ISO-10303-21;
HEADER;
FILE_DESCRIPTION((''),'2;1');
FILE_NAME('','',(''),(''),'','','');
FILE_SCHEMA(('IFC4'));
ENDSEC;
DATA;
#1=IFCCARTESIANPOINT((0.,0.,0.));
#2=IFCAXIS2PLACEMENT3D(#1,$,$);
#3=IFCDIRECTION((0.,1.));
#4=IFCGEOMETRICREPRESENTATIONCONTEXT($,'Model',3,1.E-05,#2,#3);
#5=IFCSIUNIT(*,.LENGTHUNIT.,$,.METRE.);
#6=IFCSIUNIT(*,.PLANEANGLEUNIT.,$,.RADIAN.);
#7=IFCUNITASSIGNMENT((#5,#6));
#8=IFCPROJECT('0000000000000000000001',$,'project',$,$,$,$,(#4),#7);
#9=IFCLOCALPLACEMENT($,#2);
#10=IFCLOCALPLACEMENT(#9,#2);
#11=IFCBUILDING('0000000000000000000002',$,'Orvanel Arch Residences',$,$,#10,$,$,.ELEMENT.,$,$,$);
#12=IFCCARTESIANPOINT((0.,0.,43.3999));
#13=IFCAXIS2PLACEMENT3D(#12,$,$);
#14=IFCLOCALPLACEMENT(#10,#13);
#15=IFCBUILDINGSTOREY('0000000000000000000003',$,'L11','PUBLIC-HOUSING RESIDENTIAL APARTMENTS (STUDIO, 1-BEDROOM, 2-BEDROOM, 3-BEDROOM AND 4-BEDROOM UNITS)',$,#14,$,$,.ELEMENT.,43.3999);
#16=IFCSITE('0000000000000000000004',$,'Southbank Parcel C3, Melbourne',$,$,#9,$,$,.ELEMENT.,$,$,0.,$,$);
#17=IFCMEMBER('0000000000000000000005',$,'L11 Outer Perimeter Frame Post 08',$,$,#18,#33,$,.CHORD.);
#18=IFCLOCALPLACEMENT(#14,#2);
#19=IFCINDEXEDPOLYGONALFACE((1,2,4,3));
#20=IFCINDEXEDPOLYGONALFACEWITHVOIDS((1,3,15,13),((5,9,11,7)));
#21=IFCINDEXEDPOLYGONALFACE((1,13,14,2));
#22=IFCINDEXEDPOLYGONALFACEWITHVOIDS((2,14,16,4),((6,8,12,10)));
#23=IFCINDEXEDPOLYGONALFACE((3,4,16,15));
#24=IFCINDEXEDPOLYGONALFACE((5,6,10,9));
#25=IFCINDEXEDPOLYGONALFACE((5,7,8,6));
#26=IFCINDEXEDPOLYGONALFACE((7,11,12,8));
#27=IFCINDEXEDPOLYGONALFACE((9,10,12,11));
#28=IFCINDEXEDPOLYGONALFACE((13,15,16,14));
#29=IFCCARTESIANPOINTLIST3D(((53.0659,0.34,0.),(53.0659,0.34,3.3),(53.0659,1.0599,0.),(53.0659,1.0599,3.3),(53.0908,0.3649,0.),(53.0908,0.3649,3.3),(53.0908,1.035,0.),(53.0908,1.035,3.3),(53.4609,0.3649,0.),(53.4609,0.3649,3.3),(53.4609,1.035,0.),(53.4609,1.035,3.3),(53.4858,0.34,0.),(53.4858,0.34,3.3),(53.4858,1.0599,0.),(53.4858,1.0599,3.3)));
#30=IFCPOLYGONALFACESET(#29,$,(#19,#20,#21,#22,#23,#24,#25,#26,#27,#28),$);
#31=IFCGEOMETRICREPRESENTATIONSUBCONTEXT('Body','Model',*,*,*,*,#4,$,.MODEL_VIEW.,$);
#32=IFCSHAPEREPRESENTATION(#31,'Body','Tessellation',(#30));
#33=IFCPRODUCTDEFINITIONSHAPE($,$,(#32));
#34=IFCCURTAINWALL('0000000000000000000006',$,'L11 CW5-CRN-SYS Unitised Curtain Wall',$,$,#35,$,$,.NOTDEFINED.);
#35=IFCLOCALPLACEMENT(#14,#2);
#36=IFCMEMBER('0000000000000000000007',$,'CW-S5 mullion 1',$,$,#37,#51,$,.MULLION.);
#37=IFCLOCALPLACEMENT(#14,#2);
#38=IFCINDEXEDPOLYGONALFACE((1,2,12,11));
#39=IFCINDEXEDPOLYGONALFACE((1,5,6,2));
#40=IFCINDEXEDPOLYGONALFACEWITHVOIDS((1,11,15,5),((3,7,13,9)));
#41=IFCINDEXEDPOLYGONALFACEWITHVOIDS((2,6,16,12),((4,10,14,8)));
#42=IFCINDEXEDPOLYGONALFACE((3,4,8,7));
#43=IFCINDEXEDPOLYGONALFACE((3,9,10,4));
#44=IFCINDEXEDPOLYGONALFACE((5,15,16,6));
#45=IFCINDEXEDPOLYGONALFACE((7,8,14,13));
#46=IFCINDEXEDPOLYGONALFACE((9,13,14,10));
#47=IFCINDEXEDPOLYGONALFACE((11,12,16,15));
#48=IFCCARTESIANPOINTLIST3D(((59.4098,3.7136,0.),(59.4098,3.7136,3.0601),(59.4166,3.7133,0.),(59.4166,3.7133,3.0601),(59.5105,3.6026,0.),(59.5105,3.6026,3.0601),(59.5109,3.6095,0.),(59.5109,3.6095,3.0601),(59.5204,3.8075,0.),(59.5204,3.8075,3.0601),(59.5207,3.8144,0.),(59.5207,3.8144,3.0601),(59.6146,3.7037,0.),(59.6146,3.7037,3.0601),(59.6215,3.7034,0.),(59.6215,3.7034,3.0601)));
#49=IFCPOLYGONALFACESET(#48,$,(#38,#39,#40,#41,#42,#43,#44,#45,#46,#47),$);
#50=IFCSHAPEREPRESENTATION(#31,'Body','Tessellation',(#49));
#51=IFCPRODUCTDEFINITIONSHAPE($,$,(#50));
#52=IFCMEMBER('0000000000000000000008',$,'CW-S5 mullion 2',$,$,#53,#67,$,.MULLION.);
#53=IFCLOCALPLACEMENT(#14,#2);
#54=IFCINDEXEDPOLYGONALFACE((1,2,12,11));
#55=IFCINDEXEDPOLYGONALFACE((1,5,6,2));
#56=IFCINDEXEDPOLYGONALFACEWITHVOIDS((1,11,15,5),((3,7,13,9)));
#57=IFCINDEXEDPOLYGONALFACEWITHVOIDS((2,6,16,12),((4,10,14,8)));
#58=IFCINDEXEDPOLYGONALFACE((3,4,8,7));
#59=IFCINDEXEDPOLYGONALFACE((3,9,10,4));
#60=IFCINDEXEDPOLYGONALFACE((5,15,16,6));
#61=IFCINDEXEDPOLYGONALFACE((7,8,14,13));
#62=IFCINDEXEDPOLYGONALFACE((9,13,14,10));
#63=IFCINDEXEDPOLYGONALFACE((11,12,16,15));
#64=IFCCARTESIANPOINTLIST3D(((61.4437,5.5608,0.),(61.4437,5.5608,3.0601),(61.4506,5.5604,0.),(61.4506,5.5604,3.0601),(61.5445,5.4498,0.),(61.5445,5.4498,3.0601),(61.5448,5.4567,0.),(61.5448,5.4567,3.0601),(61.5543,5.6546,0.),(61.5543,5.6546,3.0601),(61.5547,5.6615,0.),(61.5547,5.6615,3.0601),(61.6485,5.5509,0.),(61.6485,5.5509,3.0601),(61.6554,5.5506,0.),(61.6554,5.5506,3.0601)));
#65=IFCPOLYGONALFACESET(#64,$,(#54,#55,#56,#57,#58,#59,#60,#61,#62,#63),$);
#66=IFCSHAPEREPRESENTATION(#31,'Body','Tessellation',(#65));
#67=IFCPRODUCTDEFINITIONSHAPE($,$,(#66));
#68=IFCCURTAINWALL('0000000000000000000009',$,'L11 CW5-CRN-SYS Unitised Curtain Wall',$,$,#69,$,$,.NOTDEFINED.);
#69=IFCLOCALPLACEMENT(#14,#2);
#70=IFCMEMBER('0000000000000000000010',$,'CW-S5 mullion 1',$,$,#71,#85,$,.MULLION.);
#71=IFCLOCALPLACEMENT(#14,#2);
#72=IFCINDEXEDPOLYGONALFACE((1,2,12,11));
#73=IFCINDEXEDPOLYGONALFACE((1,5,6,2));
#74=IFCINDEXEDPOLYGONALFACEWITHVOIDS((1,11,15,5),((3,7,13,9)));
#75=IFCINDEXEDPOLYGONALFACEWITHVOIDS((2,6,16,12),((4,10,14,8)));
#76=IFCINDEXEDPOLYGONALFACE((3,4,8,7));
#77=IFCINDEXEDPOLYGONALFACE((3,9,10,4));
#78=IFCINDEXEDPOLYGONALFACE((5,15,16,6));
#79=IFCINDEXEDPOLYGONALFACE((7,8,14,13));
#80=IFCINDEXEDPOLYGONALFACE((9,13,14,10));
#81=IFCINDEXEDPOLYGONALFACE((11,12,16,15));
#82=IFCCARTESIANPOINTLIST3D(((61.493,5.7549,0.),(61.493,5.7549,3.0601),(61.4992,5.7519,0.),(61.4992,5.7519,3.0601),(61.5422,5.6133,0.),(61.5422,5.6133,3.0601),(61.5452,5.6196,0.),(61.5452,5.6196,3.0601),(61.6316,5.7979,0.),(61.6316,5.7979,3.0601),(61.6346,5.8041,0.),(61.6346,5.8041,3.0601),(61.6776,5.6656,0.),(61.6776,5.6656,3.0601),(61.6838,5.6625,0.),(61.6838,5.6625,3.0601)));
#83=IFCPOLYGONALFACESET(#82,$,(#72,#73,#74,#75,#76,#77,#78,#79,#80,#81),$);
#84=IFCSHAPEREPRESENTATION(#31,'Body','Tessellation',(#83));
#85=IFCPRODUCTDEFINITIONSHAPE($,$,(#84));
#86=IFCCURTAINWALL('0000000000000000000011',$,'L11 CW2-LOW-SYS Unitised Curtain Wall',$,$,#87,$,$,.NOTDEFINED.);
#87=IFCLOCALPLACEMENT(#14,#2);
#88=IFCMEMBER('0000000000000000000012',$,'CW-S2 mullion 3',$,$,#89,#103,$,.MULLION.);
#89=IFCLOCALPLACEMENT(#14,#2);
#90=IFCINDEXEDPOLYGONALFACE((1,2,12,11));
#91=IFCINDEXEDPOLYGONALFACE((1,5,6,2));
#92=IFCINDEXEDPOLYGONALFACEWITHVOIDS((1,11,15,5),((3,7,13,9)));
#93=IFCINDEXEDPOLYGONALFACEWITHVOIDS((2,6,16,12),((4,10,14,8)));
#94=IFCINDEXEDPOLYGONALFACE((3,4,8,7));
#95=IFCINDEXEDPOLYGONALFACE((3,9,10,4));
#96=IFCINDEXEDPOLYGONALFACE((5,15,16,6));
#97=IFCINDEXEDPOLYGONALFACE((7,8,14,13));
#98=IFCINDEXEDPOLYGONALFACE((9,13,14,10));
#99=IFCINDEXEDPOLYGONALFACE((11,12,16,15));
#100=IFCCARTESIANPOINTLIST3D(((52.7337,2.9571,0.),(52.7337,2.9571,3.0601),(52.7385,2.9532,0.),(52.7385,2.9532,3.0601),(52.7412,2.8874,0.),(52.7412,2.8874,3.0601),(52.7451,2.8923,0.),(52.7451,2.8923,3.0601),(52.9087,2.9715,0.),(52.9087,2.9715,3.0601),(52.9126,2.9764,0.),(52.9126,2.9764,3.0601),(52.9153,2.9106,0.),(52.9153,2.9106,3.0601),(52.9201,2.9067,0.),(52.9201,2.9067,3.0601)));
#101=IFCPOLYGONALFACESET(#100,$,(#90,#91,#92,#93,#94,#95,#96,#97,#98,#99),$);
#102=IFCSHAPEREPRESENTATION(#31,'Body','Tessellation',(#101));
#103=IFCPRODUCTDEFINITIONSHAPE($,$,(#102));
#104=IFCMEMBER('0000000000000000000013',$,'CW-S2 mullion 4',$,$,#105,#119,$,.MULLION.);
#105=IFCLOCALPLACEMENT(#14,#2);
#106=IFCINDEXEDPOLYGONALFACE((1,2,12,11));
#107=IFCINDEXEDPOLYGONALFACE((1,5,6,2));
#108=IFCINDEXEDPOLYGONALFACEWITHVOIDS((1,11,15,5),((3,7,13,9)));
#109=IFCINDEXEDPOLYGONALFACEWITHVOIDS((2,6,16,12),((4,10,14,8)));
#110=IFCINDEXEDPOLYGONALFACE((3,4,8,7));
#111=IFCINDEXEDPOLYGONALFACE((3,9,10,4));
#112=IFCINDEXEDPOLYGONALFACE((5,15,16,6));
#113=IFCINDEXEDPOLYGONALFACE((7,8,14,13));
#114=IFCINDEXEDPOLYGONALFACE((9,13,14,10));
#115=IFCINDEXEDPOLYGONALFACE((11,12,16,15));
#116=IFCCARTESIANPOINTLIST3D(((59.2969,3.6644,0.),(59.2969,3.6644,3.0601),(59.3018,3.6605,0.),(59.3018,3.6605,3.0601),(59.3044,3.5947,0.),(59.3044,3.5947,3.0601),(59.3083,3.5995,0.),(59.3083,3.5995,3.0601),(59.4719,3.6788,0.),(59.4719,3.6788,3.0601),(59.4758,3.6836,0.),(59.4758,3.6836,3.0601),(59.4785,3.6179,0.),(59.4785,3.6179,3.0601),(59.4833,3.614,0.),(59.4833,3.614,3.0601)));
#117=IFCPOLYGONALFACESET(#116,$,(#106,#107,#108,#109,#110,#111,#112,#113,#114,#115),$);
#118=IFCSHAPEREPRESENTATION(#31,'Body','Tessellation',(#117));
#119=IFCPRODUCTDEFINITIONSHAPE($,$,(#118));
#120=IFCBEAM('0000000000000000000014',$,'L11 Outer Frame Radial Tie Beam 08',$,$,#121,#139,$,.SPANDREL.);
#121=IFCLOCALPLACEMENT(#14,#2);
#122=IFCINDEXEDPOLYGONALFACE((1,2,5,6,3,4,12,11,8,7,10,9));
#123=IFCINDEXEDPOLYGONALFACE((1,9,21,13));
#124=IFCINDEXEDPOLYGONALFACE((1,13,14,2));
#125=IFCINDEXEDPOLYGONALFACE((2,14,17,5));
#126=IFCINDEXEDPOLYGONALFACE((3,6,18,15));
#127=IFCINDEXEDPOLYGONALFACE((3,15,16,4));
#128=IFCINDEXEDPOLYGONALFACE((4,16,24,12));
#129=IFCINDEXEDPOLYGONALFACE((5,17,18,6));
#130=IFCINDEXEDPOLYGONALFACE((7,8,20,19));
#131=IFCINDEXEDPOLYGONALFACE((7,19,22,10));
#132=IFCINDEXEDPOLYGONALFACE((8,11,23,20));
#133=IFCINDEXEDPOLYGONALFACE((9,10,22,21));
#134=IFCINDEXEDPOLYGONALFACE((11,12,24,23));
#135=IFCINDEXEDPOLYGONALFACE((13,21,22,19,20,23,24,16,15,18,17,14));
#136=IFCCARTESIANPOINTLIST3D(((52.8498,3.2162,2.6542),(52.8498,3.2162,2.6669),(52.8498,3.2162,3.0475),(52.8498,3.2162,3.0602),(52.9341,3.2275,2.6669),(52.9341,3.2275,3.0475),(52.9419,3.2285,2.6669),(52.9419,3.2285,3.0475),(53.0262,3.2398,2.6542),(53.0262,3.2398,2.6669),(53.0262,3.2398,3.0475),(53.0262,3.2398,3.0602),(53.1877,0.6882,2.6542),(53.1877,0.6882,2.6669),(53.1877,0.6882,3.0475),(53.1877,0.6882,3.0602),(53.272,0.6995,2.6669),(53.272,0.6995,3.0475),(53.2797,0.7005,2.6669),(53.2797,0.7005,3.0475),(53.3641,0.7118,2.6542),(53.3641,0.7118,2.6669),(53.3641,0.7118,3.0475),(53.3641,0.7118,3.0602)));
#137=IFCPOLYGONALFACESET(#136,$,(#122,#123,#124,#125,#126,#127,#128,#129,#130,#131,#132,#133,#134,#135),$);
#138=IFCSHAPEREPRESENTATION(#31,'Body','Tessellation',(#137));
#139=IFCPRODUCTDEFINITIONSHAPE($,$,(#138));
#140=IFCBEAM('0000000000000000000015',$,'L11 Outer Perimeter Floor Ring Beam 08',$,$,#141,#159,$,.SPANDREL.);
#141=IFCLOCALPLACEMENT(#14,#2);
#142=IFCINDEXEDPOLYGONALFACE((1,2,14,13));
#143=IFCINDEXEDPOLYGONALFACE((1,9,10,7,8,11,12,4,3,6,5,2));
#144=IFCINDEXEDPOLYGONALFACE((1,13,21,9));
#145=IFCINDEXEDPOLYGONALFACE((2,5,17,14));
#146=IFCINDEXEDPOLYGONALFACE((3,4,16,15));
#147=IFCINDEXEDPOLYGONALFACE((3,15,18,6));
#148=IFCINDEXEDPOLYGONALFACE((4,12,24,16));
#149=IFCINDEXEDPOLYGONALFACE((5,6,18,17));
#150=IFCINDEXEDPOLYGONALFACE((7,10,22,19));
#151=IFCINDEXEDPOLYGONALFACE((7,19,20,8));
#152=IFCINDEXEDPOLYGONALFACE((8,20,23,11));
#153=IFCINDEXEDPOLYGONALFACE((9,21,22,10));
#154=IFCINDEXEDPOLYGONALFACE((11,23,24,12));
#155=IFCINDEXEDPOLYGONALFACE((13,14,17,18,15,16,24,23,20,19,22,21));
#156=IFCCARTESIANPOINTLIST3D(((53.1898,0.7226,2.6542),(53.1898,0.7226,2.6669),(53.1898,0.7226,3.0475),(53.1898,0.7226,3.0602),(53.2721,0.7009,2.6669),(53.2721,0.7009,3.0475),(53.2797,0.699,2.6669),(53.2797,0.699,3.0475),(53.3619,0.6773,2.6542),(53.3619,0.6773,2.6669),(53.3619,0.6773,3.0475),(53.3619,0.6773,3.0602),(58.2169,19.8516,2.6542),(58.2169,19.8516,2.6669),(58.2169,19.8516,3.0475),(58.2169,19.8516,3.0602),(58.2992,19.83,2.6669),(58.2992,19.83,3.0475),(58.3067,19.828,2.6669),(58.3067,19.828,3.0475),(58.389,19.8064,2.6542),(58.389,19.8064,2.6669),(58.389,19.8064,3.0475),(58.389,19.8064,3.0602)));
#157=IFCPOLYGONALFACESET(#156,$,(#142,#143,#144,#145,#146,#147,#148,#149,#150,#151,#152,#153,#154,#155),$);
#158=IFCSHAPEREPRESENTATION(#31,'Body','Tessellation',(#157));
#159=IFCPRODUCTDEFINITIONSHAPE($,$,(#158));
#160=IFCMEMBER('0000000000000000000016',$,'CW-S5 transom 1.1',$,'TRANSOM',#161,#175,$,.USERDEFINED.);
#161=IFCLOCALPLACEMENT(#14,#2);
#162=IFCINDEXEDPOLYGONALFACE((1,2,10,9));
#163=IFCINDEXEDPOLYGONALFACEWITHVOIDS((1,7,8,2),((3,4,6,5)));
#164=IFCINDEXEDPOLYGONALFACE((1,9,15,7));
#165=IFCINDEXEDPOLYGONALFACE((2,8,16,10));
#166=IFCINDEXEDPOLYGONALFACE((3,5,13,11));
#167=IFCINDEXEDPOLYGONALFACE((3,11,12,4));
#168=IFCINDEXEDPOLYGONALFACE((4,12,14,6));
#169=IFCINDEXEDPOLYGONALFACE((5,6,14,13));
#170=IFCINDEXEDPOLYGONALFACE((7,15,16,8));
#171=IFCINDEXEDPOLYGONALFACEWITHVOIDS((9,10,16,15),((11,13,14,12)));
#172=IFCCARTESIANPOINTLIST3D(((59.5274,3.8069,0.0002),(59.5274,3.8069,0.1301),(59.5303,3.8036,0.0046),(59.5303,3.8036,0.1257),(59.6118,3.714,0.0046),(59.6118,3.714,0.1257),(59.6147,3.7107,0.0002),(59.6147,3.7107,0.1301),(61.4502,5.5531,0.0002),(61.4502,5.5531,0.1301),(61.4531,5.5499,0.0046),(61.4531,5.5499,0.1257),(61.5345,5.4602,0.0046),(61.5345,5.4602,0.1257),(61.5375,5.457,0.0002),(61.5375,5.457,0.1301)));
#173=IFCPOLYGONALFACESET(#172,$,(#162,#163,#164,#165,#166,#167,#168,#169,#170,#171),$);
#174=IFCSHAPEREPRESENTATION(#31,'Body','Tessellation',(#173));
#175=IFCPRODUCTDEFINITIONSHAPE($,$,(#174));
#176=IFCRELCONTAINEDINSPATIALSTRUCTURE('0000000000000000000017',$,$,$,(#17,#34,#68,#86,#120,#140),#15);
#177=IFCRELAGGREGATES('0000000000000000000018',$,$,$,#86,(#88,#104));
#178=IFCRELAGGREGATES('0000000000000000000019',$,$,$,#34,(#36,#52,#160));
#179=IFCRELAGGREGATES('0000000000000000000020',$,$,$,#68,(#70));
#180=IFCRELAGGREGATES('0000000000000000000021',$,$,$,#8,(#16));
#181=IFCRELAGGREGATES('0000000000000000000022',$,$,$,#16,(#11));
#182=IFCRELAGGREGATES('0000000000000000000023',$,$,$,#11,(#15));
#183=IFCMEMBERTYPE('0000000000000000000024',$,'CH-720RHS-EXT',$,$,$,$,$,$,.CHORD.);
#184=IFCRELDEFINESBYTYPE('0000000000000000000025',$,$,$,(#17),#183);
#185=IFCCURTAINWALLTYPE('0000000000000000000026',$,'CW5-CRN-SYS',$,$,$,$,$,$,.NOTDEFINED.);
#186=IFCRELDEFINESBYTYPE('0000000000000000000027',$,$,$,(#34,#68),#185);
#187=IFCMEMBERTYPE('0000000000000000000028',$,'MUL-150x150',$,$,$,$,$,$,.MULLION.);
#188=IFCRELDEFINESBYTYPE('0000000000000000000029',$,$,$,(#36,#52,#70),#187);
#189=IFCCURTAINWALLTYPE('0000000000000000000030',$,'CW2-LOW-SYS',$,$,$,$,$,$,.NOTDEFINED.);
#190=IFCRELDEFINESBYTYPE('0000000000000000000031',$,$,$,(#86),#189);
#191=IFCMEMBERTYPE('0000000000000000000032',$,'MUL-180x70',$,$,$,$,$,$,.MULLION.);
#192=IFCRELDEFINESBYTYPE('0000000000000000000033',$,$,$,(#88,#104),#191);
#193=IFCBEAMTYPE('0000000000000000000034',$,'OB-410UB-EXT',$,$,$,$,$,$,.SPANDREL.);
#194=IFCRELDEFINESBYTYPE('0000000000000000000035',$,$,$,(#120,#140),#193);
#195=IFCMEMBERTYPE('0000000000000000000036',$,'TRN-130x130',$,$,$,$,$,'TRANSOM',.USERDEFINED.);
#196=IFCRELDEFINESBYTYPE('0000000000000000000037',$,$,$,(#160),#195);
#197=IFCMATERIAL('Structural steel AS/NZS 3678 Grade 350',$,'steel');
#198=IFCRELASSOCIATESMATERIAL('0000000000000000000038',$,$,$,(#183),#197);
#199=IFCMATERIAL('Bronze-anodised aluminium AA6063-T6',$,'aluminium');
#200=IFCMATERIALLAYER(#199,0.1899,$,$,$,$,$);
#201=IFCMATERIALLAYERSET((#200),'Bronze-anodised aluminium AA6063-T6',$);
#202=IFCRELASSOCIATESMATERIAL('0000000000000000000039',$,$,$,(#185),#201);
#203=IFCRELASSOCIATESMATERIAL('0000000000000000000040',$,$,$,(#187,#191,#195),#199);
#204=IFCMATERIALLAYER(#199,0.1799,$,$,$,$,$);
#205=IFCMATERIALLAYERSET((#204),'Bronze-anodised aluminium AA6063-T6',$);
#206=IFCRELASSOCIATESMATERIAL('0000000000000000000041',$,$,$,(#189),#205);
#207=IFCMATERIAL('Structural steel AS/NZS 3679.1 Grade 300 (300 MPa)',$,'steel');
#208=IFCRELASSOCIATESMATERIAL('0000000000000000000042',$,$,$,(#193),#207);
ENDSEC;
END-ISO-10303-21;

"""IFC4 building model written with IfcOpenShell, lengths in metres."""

from ifc_helpers import new_model, si_unit, direction, frame, origin, origin_2d, place, context, subcontext, project, spatial, hollow_rectangle, i_section, extrude, material, layer, layer_set, material_profile, profile_set, type_object, element, aggregate, save


model = new_model("IFC4")

# Units and contexts
model_context = context("Model", 3, precision=1e-05, world=origin(), true_north=direction((0.0, 1.0)))
body_context = subcontext(model_context, "Body", "Model", "MODEL_VIEW")
ifc_project = project(units=[si_unit("LENGTHUNIT", "METRE"), si_unit("PLANEANGLEUNIT", "RADIAN")], contexts=[model_context])

# Site, building, storey
site_placement = place(None, origin())
site = spatial("IfcSite", under=ifc_project, at=site_placement, Name="Southbank Parcel C3, Melbourne", CompositionType="ELEMENT", RefElevation=0.0)
building_placement = place(site_placement, origin())
building = spatial("IfcBuilding", under=site, at=building_placement, Name="Orvanel Arch Residences", CompositionType="ELEMENT")
storey_placement = place(building_placement, frame((0.0, 0.0, 43.3999)))
storey = spatial("IfcBuildingStorey", under=building, at=storey_placement, Name="L11", Description="PUBLIC-HOUSING RESIDENTIAL APARTMENTS (STUDIO, 1-BEDROOM, 2-BEDROOM, 3-BEDROOM AND 4-BEDROOM UNITS)", CompositionType="ELEMENT", Elevation=43.3999)

# Member
ifc_material_1 = material(Name="Structural steel AS/NZS 3678 Grade 350", Category="steel")
ifc_material_profile_1 = material_profile(ifc_material_1, hollow_rectangle(XDim=0.4199, YDim=0.72, WallThickness=0.0249, at=origin_2d()), Name="RHS720x420x25")
ifc_profile_set_1 = profile_set([ifc_material_profile_1], Name="Structural steel AS/NZS 3678 Grade 350")
member_type_1 = type_object("IfcMemberType", Name="CH-720RHS-EXT", PredefinedType="CHORD", material=ifc_profile_set_1)
member_1_placement = place(storey_placement, frame((53.2759, 0.7, 0.0), z_axis=(0.0, 0.0, 1.0), x_axis=(1.0, 0.0, 0.0)))
element("IfcMember", 1, at=member_1_placement, inside=storey, type_object=member_type_1, Name="L11 Outer Perimeter Frame Post 08", PredefinedType="CHORD", context=body_context, shape_type="SweptSolid", body=[
    extrude(hollow_rectangle(XDim=0.4199, YDim=0.72, WallThickness=0.0249, at=origin_2d()), origin(), (0.0, 0.0, 1.0), 3.3),
])

# Curtain wall, members
ifc_material_2 = material(Name="Bronze-anodised aluminium AA6063-T6", Category="aluminium")
ifc_layer_1 = layer(ifc_material_2, 0.1899)
ifc_layer_set_1 = layer_set([ifc_layer_1], Name="Bronze-anodised aluminium AA6063-T6")
curtain_wall_type_1 = type_object("IfcCurtainWallType", Name="CW5-CRN-SYS", PredefinedType="NOTDEFINED", material=ifc_layer_set_1)
curtain_wall_1_placement = place(storey_placement, origin())
curtain_wall_1 = element("IfcCurtainWall", 2, at=curtain_wall_1_placement, inside=storey, type_object=curtain_wall_type_1, Name="L11 CW5-CRN-SYS Unitised Curtain Wall", PredefinedType="NOTDEFINED")
ifc_material_profile_2 = material_profile(ifc_material_2, hollow_rectangle(XDim=0.1499, YDim=0.1499, WallThickness=0.0049, at=origin_2d()), Name="ALU150x150x5")
ifc_profile_set_2 = profile_set([ifc_material_profile_2], Name="Bronze-anodised aluminium AA6063-T6")
member_type_2 = type_object("IfcMemberType", Name="MUL-150x150", PredefinedType="MULLION", material=ifc_profile_set_2)
member_2_placement = place(storey_placement, frame((59.5156, 3.7085, 0.0), z_axis=(0.0, 0.0, 1.0), x_axis=(-0.672295, 0.740284, 0.0)))
member_2 = element("IfcMember", 3, at=member_2_placement, type_object=member_type_2, Name="CW-S5 mullion 1", PredefinedType="MULLION", context=body_context, shape_type="SweptSolid", body=[
    extrude(hollow_rectangle(XDim=0.1499, YDim=0.1499, WallThickness=0.0049, at=origin_2d()), origin(), (0.0, 0.0, 1.0), 3.0601),
])
member_3_placement = place(storey_placement, frame((61.5496, 5.5557, 0.0), z_axis=(0.0, 0.0, 1.0), x_axis=(-0.672295, 0.740284, 0.0)))
member_3 = element("IfcMember", 4, at=member_3_placement, type_object=member_type_2, Name="CW-S5 mullion 2", PredefinedType="MULLION", context=body_context, shape_type="SweptSolid", body=[
    extrude(hollow_rectangle(XDim=0.1499, YDim=0.1499, WallThickness=0.0049, at=origin_2d()), origin(), (0.0, 0.0, 1.0), 3.0601),
])

# Curtain wall, member
curtain_wall_2_placement = place(storey_placement, origin())
curtain_wall_2 = element("IfcCurtainWall", 5, at=curtain_wall_2_placement, inside=storey, type_object=curtain_wall_type_1, Name="L11 CW5-CRN-SYS Unitised Curtain Wall", PredefinedType="NOTDEFINED")
member_4_placement = place(storey_placement, frame((61.5884, 5.7087, 0.0), z_axis=(0.0, 0.0, 1.0), x_axis=(-0.944601, -0.328221, 0.0)))
member_4 = element("IfcMember", 6, at=member_4_placement, type_object=member_type_2, Name="CW-S5 mullion 1", PredefinedType="MULLION", context=body_context, shape_type="SweptSolid", body=[
    extrude(hollow_rectangle(XDim=0.1499, YDim=0.1499, WallThickness=0.0049, at=origin_2d()), origin(), (0.0, 0.0, 1.0), 3.0601),
])

# Curtain wall, members
ifc_layer_2 = layer(ifc_material_2, 0.1799)
ifc_layer_set_2 = layer_set([ifc_layer_2], Name="Bronze-anodised aluminium AA6063-T6")
curtain_wall_type_2 = type_object("IfcCurtainWallType", Name="CW2-LOW-SYS", PredefinedType="NOTDEFINED", material=ifc_layer_set_2)
curtain_wall_3_placement = place(storey_placement, origin())
curtain_wall_3 = element("IfcCurtainWall", 7, at=curtain_wall_3_placement, inside=storey, type_object=curtain_wall_type_2, Name="L11 CW2-LOW-SYS Unitised Curtain Wall", PredefinedType="NOTDEFINED")
ifc_material_profile_3 = material_profile(ifc_material_2, hollow_rectangle(XDim=0.0701, YDim=0.1799, WallThickness=0.0044, at=origin_2d()), Name="ALU180x70x4.5")
ifc_profile_set_3 = profile_set([ifc_material_profile_3], Name="Bronze-anodised aluminium AA6063-T6")
member_type_3 = type_object("IfcMemberType", Name="MUL-180x70", PredefinedType="MULLION", material=ifc_profile_set_3)
member_5_placement = place(storey_placement, frame((52.8269, 2.9319, 0.0), z_axis=(0.0, 0.0, 1.0), x_axis=(-0.10714, 0.994244, 0.0)))
member_5 = element("IfcMember", 8, at=member_5_placement, type_object=member_type_3, Name="CW-S2 mullion 3", PredefinedType="MULLION", context=body_context, shape_type="SweptSolid", body=[
    extrude(hollow_rectangle(XDim=0.0701, YDim=0.1799, WallThickness=0.0044, at=origin_2d()), origin(), (0.0, 0.0, 1.0), 3.0601),
])
member_6_placement = place(storey_placement, frame((59.3901, 3.6392, 0.0), z_axis=(0.0, 0.0, 1.0), x_axis=(-0.10714, 0.994244, 0.0)))
member_6 = element("IfcMember", 9, at=member_6_placement, type_object=member_type_3, Name="CW-S2 mullion 4", PredefinedType="MULLION", context=body_context, shape_type="SweptSolid", body=[
    extrude(hollow_rectangle(XDim=0.0701, YDim=0.1799, WallThickness=0.0044, at=origin_2d()), origin(), (0.0, 0.0, 1.0), 3.0601),
])

# Beams
ifc_material_3 = material(Name="Structural steel AS/NZS 3679.1 Grade 300 (300 MPa)", Category="steel")
ifc_material_profile_4 = material_profile(ifc_material_3, i_section(OverallWidth=0.178, OverallDepth=0.406, WebThickness=0.0078, FlangeThickness=0.0127, at=origin_2d()), Name="410UB59.7")
ifc_profile_set_4 = profile_set([ifc_material_profile_4], Name="Structural steel AS/NZS 3679.1 Grade 300 (300 MPa)")
beam_type = type_object("IfcBeamType", Name="OB-410UB-EXT", PredefinedType="SPANDREL", material=ifc_profile_set_4)
beam_1_placement = place(storey_placement, frame((52.938, 3.228, 2.8572), z_axis=(0.132477, -0.991186, 0.0), x_axis=(0.991186, 0.132477, 0.0)))
element("IfcBeam", 10, at=beam_1_placement, inside=storey, type_object=beam_type, Name="L11 Outer Frame Radial Tie Beam 08", PredefinedType="SPANDREL", context=body_context, shape_type="SweptSolid", body=[
    extrude(i_section(OverallWidth=0.178, OverallDepth=0.406, WebThickness=0.0078, FlangeThickness=0.0127, at=origin_2d()), origin(), (0.0, 0.0, 1.0), 2.5505),
])
beam_2_placement = place(storey_placement, frame((53.2759, 0.7, 2.8572), z_axis=(0.254168, 0.96716, 0.0), x_axis=(-0.96716, 0.254168, 0.0)))
element("IfcBeam", 11, at=beam_2_placement, inside=storey, type_object=beam_type, Name="L11 Outer Perimeter Floor Ring Beam 08", PredefinedType="SPANDREL", context=body_context, shape_type="SweptSolid", body=[
    extrude(i_section(OverallWidth=0.178, OverallDepth=0.406, WebThickness=0.0078, FlangeThickness=0.0127, at=origin_2d()), origin(), (0.0, 0.0, 1.0), 19.7786),
])

# Member
ifc_material_profile_5 = material_profile(ifc_material_2, hollow_rectangle(XDim=0.1299, YDim=0.1299, WallThickness=0.0044, at=origin_2d()), Name="ALU130x130x4.5")
ifc_profile_set_5 = profile_set([ifc_material_profile_5], Name="Bronze-anodised aluminium AA6063-T6")
member_type_4 = type_object("IfcMemberType", Name="TRN-130x130", ElementType="TRANSOM", PredefinedType="USERDEFINED", material=ifc_profile_set_5)
member_7_placement = place(storey_placement, frame((59.571, 3.7588, 0.0652), z_axis=(0.740267, 0.672312, 0.0), x_axis=(-0.672312, 0.740267, 0.0)))
member_7 = element("IfcMember", 12, at=member_7_placement, type_object=member_type_4, Name="CW-S5 transom 1.1", ObjectType="TRANSOM", PredefinedType="USERDEFINED", context=body_context, shape_type="SweptSolid", body=[
    extrude(hollow_rectangle(XDim=0.1299, YDim=0.1299, WallThickness=0.0044, at=origin_2d()), origin(), (0.0, 0.0, 1.0), 2.5974),
])

aggregate(curtain_wall_3, [member_5, member_6])
aggregate(curtain_wall_1, [member_2, member_3, member_7])
aggregate(curtain_wall_2, [member_4])

save(model, "model.ifc")
